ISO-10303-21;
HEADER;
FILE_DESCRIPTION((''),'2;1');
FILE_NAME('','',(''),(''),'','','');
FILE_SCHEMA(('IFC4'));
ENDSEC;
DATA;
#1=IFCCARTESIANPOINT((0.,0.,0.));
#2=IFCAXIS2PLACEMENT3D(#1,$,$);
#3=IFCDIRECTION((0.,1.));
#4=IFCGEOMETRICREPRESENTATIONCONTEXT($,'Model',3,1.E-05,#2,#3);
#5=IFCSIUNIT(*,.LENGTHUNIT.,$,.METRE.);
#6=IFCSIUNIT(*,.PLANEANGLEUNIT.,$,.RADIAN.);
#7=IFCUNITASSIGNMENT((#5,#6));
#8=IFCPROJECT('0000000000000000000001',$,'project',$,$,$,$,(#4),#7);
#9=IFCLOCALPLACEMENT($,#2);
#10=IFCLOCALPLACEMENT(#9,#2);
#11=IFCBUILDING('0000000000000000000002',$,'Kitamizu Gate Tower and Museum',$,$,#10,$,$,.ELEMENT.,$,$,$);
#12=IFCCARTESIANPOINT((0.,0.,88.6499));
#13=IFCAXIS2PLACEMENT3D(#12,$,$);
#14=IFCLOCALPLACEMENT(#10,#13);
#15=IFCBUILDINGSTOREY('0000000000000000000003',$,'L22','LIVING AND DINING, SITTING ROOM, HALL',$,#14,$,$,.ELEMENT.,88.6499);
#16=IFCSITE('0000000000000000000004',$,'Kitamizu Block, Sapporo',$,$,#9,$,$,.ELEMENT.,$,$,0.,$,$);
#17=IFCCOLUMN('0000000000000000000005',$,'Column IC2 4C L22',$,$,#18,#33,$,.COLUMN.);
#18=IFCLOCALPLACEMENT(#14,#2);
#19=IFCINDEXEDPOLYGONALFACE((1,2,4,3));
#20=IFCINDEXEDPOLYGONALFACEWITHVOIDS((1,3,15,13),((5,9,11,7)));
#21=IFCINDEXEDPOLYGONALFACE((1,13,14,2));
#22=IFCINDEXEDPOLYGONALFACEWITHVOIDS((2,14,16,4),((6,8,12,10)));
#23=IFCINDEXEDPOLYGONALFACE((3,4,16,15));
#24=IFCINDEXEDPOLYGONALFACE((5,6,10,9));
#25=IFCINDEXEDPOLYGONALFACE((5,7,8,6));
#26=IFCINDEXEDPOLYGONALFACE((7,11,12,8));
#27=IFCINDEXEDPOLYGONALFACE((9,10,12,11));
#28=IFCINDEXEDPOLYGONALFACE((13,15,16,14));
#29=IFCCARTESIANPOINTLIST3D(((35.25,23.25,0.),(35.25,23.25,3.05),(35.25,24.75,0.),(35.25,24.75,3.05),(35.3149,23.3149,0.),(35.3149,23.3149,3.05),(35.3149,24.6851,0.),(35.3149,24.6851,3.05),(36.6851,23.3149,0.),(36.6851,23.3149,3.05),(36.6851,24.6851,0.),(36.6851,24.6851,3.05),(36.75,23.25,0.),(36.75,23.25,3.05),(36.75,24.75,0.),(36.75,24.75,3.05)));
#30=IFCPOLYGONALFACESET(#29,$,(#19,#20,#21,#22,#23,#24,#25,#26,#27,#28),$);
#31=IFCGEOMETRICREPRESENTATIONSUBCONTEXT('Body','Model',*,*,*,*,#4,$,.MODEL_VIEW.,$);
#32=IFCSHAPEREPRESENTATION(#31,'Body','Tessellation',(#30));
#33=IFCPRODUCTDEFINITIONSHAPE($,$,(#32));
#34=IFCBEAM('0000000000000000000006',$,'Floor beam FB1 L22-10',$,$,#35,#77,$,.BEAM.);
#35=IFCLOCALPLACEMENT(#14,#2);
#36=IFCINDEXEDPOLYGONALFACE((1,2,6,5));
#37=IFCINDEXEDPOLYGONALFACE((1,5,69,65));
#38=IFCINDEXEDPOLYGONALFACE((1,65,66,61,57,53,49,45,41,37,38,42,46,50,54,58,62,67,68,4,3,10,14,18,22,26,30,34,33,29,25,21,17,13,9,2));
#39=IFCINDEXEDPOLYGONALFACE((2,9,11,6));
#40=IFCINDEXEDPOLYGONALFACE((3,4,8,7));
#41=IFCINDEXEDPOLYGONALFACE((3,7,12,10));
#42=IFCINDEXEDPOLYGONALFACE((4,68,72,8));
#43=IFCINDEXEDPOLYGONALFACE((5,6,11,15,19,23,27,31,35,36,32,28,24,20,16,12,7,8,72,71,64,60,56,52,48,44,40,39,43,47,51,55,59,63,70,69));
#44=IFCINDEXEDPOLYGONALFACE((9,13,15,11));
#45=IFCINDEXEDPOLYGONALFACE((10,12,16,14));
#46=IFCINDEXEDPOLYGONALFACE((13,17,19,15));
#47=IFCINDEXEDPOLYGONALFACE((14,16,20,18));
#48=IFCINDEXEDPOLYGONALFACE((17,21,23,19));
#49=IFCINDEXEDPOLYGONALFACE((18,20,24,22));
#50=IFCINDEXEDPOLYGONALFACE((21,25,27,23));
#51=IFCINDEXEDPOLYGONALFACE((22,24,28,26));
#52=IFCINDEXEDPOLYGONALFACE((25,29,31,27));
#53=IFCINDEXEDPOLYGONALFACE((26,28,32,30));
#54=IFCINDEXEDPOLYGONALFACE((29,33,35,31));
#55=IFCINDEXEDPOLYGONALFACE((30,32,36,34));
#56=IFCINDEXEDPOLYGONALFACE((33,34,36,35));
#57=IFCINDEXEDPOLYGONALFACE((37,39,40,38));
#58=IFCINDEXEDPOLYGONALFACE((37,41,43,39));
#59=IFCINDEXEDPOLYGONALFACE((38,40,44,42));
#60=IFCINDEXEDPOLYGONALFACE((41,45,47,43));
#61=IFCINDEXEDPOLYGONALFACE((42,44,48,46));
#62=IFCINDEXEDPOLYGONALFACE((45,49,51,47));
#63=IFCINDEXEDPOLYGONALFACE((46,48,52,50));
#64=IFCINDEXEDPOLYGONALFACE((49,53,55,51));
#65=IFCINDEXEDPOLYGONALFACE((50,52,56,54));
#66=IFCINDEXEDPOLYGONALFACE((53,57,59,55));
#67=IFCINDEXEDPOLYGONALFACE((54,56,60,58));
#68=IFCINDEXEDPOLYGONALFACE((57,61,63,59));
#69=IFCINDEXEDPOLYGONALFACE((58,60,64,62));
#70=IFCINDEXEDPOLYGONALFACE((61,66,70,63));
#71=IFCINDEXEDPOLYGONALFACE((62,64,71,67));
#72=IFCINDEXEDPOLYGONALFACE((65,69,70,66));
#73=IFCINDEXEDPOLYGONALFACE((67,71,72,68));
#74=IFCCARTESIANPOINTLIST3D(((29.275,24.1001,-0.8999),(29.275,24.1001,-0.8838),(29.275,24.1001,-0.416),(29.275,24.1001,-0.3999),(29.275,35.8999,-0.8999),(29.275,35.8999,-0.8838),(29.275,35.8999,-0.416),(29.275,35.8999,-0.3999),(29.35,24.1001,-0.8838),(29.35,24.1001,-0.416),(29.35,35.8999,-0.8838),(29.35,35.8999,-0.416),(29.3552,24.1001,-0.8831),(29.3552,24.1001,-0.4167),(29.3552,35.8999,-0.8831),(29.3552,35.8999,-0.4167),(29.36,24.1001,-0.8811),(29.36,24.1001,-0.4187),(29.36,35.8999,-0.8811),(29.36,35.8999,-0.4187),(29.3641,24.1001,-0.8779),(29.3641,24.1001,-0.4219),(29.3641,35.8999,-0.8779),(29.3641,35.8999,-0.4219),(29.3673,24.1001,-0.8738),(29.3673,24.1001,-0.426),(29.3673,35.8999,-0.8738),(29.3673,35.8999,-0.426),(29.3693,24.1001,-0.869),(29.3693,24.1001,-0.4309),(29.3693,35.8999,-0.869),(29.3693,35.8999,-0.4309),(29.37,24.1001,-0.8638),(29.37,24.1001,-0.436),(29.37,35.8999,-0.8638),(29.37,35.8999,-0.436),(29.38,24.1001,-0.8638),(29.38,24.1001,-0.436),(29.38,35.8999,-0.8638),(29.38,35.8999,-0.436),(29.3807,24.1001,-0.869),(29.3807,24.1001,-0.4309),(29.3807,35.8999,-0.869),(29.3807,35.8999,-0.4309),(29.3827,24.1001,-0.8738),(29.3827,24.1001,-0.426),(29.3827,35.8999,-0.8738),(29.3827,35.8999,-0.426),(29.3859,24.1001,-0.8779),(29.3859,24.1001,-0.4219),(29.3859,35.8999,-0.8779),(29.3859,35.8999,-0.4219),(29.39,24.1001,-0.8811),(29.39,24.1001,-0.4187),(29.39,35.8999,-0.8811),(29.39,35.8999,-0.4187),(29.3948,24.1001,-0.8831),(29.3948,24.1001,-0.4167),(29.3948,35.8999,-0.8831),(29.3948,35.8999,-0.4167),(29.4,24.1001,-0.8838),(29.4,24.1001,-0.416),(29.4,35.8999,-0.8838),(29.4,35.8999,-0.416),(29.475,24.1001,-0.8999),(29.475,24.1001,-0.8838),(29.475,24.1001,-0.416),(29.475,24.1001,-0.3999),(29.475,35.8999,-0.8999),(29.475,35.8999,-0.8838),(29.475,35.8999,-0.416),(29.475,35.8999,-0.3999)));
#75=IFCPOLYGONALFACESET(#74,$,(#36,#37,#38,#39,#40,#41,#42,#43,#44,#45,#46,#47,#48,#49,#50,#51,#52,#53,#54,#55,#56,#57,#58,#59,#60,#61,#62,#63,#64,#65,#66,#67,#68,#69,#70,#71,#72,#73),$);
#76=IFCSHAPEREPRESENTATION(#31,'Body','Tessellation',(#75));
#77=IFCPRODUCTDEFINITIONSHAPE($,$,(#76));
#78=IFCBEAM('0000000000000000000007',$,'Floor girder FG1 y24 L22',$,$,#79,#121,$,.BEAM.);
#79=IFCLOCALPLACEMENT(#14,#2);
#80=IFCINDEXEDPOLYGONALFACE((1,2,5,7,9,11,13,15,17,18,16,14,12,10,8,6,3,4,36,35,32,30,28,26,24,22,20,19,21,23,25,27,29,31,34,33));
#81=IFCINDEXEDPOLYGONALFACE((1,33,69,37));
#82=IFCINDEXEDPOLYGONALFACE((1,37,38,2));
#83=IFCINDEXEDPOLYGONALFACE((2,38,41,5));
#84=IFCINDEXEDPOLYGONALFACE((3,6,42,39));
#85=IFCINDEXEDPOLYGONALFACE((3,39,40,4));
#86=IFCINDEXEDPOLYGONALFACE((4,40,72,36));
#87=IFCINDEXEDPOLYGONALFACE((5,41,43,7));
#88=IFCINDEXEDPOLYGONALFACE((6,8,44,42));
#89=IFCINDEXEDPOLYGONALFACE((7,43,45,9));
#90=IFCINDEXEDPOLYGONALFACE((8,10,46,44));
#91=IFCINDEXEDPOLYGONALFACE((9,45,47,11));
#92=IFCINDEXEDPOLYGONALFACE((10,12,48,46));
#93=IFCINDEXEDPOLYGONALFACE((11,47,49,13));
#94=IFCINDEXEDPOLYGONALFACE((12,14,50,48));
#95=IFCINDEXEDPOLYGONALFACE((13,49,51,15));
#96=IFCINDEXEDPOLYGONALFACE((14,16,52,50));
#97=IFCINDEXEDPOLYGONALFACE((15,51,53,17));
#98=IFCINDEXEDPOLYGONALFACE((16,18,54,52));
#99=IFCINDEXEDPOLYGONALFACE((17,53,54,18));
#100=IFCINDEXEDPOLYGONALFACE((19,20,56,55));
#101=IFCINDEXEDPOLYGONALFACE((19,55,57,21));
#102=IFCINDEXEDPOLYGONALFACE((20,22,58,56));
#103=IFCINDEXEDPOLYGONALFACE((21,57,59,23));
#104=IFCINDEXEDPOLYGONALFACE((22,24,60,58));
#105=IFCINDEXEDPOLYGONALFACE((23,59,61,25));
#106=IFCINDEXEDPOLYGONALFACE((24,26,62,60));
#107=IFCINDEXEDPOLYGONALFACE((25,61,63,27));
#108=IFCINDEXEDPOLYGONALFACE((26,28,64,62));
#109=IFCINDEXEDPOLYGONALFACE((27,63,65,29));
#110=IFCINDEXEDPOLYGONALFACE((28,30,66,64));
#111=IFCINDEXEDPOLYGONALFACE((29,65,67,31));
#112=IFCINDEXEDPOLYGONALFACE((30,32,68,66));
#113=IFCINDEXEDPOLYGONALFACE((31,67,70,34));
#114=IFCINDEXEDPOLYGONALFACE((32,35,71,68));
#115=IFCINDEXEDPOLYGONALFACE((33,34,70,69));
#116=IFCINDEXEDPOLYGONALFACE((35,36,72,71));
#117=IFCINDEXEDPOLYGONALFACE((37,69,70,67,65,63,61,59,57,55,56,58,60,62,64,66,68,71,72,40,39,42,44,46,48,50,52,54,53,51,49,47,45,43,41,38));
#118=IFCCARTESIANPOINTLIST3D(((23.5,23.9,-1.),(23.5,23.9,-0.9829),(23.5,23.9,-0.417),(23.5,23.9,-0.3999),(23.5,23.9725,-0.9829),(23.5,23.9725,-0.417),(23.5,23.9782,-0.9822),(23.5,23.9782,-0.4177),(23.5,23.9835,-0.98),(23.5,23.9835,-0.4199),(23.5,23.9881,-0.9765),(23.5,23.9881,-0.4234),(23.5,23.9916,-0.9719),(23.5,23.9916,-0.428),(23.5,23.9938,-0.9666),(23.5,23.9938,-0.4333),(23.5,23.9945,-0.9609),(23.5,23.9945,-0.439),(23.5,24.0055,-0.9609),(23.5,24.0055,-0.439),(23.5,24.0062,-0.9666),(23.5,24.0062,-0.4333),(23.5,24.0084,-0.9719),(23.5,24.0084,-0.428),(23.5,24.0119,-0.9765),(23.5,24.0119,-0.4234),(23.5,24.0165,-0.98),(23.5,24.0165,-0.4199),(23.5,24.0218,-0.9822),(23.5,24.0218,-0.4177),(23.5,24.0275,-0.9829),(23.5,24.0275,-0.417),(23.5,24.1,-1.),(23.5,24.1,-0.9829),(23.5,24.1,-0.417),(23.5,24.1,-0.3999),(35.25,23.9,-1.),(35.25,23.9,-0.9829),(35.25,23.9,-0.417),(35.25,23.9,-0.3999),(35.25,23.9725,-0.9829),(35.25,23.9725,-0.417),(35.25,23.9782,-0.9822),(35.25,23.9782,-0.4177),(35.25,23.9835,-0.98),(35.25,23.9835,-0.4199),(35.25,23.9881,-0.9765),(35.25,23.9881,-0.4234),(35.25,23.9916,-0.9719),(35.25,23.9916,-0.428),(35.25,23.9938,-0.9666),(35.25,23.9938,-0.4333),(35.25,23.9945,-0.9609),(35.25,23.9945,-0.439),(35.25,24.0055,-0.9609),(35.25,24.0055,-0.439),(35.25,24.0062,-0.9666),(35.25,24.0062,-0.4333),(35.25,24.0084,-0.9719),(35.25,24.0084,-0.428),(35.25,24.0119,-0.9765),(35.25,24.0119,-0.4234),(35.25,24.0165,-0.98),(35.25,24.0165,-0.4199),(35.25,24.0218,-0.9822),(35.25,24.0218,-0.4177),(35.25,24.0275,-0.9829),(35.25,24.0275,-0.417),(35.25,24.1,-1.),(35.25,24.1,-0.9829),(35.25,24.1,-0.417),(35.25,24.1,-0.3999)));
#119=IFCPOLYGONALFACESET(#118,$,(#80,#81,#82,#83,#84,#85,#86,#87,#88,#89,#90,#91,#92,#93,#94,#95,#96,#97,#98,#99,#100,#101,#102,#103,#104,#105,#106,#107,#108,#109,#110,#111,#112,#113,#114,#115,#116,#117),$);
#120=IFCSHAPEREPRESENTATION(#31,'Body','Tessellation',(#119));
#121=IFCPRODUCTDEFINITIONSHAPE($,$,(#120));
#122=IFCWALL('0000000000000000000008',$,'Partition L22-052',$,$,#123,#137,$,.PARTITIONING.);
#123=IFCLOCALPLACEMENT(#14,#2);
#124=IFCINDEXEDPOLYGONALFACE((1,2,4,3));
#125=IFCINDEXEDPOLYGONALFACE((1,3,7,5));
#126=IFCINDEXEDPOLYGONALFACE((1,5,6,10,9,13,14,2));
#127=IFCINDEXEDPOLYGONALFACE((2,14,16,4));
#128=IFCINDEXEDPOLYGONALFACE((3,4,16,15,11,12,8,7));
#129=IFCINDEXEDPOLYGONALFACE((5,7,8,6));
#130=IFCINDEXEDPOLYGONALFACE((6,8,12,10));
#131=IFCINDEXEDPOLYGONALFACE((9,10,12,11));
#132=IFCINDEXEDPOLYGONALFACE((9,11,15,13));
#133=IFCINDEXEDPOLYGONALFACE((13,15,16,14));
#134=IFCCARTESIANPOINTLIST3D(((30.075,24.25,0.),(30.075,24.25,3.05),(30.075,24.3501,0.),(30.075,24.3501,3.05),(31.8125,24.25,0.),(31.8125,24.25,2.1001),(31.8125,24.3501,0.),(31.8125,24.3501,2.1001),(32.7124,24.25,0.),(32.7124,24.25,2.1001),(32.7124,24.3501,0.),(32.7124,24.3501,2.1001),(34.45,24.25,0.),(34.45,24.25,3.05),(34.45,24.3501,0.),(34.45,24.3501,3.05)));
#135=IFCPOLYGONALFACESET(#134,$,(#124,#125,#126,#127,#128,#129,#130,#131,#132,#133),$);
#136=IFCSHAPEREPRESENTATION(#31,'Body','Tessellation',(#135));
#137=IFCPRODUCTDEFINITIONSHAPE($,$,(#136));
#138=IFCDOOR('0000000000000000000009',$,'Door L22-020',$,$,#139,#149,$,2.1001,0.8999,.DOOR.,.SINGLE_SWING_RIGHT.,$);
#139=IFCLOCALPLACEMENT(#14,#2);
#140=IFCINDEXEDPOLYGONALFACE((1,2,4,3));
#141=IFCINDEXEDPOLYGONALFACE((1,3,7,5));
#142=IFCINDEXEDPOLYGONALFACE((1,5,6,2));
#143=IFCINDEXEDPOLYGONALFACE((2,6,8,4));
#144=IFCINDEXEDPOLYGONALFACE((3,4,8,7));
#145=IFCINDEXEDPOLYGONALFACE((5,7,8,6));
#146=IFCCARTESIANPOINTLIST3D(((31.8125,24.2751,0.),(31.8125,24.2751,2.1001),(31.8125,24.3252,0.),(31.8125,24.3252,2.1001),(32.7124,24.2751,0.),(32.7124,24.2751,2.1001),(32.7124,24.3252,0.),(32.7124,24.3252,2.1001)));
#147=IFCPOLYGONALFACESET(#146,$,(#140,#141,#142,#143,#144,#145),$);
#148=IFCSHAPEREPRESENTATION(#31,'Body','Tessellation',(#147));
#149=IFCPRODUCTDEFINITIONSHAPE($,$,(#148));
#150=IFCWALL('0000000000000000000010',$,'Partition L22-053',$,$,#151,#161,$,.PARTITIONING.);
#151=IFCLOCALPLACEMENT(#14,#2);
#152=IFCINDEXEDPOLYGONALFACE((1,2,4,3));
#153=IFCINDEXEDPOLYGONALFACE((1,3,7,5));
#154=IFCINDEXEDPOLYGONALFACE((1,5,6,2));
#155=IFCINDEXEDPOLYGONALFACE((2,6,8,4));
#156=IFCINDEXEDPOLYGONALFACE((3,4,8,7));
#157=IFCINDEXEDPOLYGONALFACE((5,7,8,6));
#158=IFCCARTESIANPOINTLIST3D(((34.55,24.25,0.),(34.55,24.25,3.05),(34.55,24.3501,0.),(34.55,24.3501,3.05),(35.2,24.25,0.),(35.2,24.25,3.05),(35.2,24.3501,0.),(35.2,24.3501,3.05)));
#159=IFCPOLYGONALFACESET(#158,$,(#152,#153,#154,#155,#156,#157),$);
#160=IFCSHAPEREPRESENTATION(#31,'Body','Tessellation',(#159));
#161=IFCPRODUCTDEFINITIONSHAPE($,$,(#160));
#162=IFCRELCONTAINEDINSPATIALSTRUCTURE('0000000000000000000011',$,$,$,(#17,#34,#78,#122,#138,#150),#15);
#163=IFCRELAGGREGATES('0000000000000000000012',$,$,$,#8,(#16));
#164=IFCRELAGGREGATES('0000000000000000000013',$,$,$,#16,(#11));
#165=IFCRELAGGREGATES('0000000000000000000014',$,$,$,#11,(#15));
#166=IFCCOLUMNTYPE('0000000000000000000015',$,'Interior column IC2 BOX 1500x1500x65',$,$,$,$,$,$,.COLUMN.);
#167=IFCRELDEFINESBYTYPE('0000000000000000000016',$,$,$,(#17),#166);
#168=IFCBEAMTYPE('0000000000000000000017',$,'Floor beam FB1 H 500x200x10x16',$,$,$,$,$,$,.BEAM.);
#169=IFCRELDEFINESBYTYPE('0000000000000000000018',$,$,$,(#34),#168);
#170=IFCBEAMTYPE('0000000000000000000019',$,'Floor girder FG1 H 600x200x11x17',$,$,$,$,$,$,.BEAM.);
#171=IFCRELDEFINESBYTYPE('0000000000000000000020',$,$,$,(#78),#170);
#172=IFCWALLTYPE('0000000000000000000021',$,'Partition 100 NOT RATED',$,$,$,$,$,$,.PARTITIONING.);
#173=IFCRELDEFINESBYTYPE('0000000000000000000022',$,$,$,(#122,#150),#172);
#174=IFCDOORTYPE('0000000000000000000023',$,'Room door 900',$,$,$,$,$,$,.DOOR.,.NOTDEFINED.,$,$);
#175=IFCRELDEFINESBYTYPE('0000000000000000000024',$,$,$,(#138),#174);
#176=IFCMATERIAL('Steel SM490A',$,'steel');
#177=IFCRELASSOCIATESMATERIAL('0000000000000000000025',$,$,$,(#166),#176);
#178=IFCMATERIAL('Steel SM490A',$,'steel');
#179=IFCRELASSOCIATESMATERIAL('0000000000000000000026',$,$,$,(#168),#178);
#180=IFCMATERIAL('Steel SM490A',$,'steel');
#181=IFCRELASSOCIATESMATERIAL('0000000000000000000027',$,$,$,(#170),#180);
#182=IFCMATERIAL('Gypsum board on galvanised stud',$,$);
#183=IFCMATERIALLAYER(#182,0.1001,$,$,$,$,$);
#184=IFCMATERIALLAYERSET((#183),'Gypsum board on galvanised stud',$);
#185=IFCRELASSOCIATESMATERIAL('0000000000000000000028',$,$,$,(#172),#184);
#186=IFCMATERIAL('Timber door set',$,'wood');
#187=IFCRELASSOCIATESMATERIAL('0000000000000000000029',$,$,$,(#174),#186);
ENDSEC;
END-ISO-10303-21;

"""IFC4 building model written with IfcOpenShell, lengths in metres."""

from ifc_helpers import new_model, si_unit, direction, frame, frame_2d, origin, origin_2d, place, context, subcontext, project, spatial, rectangle, hollow_rectangle, i_section, extrude, material, layer, layer_set, material_profile, profile_set, type_object, element, fill, save


model = new_model("IFC4")

# Units and contexts
model_context = context("Model", 3, precision=1e-05, world=origin(), true_north=direction((0.0, 1.0)))
body_context = subcontext(model_context, "Body", "Model", "MODEL_VIEW")
ifc_project = project(units=[si_unit("LENGTHUNIT", "METRE"), si_unit("PLANEANGLEUNIT", "RADIAN")], contexts=[model_context])

# Site, building, storey
site_placement = place(None, origin())
site = spatial("IfcSite", under=ifc_project, at=site_placement, Name="Kitamizu Block, Sapporo", CompositionType="ELEMENT", RefElevation=0.0)
building_placement = place(site_placement, origin())
building = spatial("IfcBuilding", under=site, at=building_placement, Name="Kitamizu Gate Tower and Museum", CompositionType="ELEMENT")
storey_placement = place(building_placement, frame((0.0, 0.0, 88.6499)))
storey = spatial("IfcBuildingStorey", under=building, at=storey_placement, Name="L22", Description="LIVING AND DINING, SITTING ROOM, HALL", CompositionType="ELEMENT", Elevation=88.6499)

# Column
ifc_material_1 = material(Name="Steel SM490A", Category="steel")
ifc_material_profile_1 = material_profile(ifc_material_1, hollow_rectangle(XDim=1.5, YDim=1.5, WallThickness=0.0649, at=origin_2d()), Name="BOX 1500x1500x65")
ifc_profile_set_1 = profile_set([ifc_material_profile_1], Name="Steel SM490A")
column_type = type_object("IfcColumnType", Name="Interior column IC2 BOX 1500x1500x65", PredefinedType="COLUMN", material=ifc_profile_set_1)
column_placement = place(storey_placement, frame((36.0, 24.0, 0.0), z_axis=(0.0, 0.0, 1.0), x_axis=(1.0, 0.0, 0.0)))
element("IfcColumn", 1, at=column_placement, inside=storey, type_object=column_type, Name="Column IC2 4C L22", PredefinedType="COLUMN", context=body_context, shape_type="SweptSolid", body=[
    extrude(hollow_rectangle(XDim=1.5, YDim=1.5, WallThickness=0.0649, at=origin_2d()), origin(), (0.0, 0.0, 1.0), 3.05),
])

# Beams
ifc_material_2 = material(Name="Steel SM490A", Category="steel")
ifc_material_profile_2 = material_profile(ifc_material_2, i_section(OverallWidth=0.2, OverallDepth=0.5, WebThickness=0.01, FlangeThickness=0.0161, FilletRadius=0.02, at=origin_2d()), Name="H-500x200x10x16")
ifc_profile_set_2 = profile_set([ifc_material_profile_2], Name="Steel SM490A")
beam_type_1 = type_object("IfcBeamType", Name="Floor beam FB1 H 500x200x10x16", PredefinedType="BEAM", material=ifc_profile_set_2)
beam_1_placement = place(storey_placement, frame((29.375, 24.1001, -0.6499), z_axis=(0.0, 1.0, 0.0), x_axis=(-1.0, 0.0, 0.0)))
element("IfcBeam", 2, at=beam_1_placement, inside=storey, type_object=beam_type_1, Name="Floor beam FB1 L22-10", PredefinedType="BEAM", context=body_context, shape_type="SweptSolid", body=[
    extrude(i_section(OverallWidth=0.2, OverallDepth=0.5, WebThickness=0.01, FlangeThickness=0.0161, FilletRadius=0.02, at=origin_2d()), origin(), (0.0, 0.0, 1.0), 11.7998),
])
ifc_material_3 = material(Name="Steel SM490A", Category="steel")
ifc_material_profile_3 = material_profile(ifc_material_3, i_section(OverallWidth=0.2, OverallDepth=0.6001, WebThickness=0.011, FlangeThickness=0.0171, FilletRadius=0.022, at=origin_2d()), Name="H-600x200x11x17")
ifc_profile_set_3 = profile_set([ifc_material_profile_3], Name="Steel SM490A")
beam_type_2 = type_object("IfcBeamType", Name="Floor girder FG1 H 600x200x11x17", PredefinedType="BEAM", material=ifc_profile_set_3)
beam_2_placement = place(storey_placement, frame((23.5, 24.0, -0.7), z_axis=(1.0, 0.0, 0.0), x_axis=(0.0, 1.0, 0.0)))
element("IfcBeam", 3, at=beam_2_placement, inside=storey, type_object=beam_type_2, Name="Floor girder FG1 y24 L22", PredefinedType="BEAM", context=body_context, shape_type="SweptSolid", body=[
    extrude(i_section(OverallWidth=0.2, OverallDepth=0.6001, WebThickness=0.011, FlangeThickness=0.0171, FilletRadius=0.022, at=origin_2d()), origin(), (0.0, 0.0, 1.0), 11.75),
])

# Wall, opening, door
ifc_material_4 = material(Name="Gypsum board on galvanised stud")
ifc_layer_1 = layer(ifc_material_4, 0.1001)
ifc_layer_set_1 = layer_set([ifc_layer_1], Name="Gypsum board on galvanised stud")
wall_type_1 = type_object("IfcWallType", Name="Partition 100 NOT RATED", PredefinedType="PARTITIONING", material=ifc_layer_set_1)
wall_1_placement = place(storey_placement, frame((34.45, 24.3, 0.0), z_axis=(0.0, 0.0, 1.0), x_axis=(-1.0, 0.0, 0.0)))
wall_1 = element("IfcWall", 4, at=wall_1_placement, inside=storey, type_object=wall_type_1, Name="Partition L22-052", PredefinedType="PARTITIONING", context=body_context, shape_type="SweptSolid", body=[
    extrude(rectangle(XDim=4.375, YDim=0.1001, at=frame_2d((2.1875, 0.0))), origin(), (0.0, 0.0, 1.0), 3.05),
])
opening_1_placement = place(wall_1_placement, frame((1.7375, 0.0, 0.0)))
opening_1 = element("IfcOpeningElement", 5, at=opening_1_placement, cuts=wall_1, PredefinedType="OPENING", context=body_context, shape_type="SweptSolid", body=[
    extrude(rectangle(XDim=0.8999, YDim=2.1001, at=frame_2d((0.45, 1.05))), frame((0.0, 0.0601, 0.0), z_axis=(0.0, -1.0, 0.0), x_axis=(1.0, 0.0, 0.0)), (0.0, 0.0, 1.0), 0.1201),
])
ifc_material_5 = material(Name="Timber door set", Category="wood")
door_type_1 = type_object("IfcDoorType", Name="Room door 900", OperationType="NOTDEFINED", PredefinedType="DOOR", material=ifc_material_5)
door_1_placement = place(opening_1_placement, origin())
door_1 = element("IfcDoor", 6, at=door_1_placement, inside=storey, type_object=door_type_1, Name="Door L22-020", OperationType="SINGLE_SWING_RIGHT", OverallHeight=2.1001, OverallWidth=0.8999, PredefinedType="DOOR", context=body_context, shape_type="SweptSolid", body=[
    extrude(rectangle(XDim=0.8999, YDim=2.1001, at=frame_2d((0.45, 1.05))), frame((0.0, 0.0249, 0.0), z_axis=(0.0, -1.0, 0.0), x_axis=(1.0, 0.0, 0.0)), (0.0, 0.0, 1.0), 0.05),
])
fill(opening_1, door_1)

# Wall
wall_2_placement = place(storey_placement, frame((35.2, 24.3, 0.0), z_axis=(0.0, 0.0, 1.0), x_axis=(-1.0, 0.0, 0.0)))
element("IfcWall", 7, at=wall_2_placement, inside=storey, type_object=wall_type_1, Name="Partition L22-053", PredefinedType="PARTITIONING", context=body_context, shape_type="SweptSolid", body=[
    extrude(rectangle(XDim=0.6499, YDim=0.1001, at=frame_2d((0.325, 0.0))), origin(), (0.0, 0.0, 1.0), 3.05),
])

save(model, "model.ifc")
